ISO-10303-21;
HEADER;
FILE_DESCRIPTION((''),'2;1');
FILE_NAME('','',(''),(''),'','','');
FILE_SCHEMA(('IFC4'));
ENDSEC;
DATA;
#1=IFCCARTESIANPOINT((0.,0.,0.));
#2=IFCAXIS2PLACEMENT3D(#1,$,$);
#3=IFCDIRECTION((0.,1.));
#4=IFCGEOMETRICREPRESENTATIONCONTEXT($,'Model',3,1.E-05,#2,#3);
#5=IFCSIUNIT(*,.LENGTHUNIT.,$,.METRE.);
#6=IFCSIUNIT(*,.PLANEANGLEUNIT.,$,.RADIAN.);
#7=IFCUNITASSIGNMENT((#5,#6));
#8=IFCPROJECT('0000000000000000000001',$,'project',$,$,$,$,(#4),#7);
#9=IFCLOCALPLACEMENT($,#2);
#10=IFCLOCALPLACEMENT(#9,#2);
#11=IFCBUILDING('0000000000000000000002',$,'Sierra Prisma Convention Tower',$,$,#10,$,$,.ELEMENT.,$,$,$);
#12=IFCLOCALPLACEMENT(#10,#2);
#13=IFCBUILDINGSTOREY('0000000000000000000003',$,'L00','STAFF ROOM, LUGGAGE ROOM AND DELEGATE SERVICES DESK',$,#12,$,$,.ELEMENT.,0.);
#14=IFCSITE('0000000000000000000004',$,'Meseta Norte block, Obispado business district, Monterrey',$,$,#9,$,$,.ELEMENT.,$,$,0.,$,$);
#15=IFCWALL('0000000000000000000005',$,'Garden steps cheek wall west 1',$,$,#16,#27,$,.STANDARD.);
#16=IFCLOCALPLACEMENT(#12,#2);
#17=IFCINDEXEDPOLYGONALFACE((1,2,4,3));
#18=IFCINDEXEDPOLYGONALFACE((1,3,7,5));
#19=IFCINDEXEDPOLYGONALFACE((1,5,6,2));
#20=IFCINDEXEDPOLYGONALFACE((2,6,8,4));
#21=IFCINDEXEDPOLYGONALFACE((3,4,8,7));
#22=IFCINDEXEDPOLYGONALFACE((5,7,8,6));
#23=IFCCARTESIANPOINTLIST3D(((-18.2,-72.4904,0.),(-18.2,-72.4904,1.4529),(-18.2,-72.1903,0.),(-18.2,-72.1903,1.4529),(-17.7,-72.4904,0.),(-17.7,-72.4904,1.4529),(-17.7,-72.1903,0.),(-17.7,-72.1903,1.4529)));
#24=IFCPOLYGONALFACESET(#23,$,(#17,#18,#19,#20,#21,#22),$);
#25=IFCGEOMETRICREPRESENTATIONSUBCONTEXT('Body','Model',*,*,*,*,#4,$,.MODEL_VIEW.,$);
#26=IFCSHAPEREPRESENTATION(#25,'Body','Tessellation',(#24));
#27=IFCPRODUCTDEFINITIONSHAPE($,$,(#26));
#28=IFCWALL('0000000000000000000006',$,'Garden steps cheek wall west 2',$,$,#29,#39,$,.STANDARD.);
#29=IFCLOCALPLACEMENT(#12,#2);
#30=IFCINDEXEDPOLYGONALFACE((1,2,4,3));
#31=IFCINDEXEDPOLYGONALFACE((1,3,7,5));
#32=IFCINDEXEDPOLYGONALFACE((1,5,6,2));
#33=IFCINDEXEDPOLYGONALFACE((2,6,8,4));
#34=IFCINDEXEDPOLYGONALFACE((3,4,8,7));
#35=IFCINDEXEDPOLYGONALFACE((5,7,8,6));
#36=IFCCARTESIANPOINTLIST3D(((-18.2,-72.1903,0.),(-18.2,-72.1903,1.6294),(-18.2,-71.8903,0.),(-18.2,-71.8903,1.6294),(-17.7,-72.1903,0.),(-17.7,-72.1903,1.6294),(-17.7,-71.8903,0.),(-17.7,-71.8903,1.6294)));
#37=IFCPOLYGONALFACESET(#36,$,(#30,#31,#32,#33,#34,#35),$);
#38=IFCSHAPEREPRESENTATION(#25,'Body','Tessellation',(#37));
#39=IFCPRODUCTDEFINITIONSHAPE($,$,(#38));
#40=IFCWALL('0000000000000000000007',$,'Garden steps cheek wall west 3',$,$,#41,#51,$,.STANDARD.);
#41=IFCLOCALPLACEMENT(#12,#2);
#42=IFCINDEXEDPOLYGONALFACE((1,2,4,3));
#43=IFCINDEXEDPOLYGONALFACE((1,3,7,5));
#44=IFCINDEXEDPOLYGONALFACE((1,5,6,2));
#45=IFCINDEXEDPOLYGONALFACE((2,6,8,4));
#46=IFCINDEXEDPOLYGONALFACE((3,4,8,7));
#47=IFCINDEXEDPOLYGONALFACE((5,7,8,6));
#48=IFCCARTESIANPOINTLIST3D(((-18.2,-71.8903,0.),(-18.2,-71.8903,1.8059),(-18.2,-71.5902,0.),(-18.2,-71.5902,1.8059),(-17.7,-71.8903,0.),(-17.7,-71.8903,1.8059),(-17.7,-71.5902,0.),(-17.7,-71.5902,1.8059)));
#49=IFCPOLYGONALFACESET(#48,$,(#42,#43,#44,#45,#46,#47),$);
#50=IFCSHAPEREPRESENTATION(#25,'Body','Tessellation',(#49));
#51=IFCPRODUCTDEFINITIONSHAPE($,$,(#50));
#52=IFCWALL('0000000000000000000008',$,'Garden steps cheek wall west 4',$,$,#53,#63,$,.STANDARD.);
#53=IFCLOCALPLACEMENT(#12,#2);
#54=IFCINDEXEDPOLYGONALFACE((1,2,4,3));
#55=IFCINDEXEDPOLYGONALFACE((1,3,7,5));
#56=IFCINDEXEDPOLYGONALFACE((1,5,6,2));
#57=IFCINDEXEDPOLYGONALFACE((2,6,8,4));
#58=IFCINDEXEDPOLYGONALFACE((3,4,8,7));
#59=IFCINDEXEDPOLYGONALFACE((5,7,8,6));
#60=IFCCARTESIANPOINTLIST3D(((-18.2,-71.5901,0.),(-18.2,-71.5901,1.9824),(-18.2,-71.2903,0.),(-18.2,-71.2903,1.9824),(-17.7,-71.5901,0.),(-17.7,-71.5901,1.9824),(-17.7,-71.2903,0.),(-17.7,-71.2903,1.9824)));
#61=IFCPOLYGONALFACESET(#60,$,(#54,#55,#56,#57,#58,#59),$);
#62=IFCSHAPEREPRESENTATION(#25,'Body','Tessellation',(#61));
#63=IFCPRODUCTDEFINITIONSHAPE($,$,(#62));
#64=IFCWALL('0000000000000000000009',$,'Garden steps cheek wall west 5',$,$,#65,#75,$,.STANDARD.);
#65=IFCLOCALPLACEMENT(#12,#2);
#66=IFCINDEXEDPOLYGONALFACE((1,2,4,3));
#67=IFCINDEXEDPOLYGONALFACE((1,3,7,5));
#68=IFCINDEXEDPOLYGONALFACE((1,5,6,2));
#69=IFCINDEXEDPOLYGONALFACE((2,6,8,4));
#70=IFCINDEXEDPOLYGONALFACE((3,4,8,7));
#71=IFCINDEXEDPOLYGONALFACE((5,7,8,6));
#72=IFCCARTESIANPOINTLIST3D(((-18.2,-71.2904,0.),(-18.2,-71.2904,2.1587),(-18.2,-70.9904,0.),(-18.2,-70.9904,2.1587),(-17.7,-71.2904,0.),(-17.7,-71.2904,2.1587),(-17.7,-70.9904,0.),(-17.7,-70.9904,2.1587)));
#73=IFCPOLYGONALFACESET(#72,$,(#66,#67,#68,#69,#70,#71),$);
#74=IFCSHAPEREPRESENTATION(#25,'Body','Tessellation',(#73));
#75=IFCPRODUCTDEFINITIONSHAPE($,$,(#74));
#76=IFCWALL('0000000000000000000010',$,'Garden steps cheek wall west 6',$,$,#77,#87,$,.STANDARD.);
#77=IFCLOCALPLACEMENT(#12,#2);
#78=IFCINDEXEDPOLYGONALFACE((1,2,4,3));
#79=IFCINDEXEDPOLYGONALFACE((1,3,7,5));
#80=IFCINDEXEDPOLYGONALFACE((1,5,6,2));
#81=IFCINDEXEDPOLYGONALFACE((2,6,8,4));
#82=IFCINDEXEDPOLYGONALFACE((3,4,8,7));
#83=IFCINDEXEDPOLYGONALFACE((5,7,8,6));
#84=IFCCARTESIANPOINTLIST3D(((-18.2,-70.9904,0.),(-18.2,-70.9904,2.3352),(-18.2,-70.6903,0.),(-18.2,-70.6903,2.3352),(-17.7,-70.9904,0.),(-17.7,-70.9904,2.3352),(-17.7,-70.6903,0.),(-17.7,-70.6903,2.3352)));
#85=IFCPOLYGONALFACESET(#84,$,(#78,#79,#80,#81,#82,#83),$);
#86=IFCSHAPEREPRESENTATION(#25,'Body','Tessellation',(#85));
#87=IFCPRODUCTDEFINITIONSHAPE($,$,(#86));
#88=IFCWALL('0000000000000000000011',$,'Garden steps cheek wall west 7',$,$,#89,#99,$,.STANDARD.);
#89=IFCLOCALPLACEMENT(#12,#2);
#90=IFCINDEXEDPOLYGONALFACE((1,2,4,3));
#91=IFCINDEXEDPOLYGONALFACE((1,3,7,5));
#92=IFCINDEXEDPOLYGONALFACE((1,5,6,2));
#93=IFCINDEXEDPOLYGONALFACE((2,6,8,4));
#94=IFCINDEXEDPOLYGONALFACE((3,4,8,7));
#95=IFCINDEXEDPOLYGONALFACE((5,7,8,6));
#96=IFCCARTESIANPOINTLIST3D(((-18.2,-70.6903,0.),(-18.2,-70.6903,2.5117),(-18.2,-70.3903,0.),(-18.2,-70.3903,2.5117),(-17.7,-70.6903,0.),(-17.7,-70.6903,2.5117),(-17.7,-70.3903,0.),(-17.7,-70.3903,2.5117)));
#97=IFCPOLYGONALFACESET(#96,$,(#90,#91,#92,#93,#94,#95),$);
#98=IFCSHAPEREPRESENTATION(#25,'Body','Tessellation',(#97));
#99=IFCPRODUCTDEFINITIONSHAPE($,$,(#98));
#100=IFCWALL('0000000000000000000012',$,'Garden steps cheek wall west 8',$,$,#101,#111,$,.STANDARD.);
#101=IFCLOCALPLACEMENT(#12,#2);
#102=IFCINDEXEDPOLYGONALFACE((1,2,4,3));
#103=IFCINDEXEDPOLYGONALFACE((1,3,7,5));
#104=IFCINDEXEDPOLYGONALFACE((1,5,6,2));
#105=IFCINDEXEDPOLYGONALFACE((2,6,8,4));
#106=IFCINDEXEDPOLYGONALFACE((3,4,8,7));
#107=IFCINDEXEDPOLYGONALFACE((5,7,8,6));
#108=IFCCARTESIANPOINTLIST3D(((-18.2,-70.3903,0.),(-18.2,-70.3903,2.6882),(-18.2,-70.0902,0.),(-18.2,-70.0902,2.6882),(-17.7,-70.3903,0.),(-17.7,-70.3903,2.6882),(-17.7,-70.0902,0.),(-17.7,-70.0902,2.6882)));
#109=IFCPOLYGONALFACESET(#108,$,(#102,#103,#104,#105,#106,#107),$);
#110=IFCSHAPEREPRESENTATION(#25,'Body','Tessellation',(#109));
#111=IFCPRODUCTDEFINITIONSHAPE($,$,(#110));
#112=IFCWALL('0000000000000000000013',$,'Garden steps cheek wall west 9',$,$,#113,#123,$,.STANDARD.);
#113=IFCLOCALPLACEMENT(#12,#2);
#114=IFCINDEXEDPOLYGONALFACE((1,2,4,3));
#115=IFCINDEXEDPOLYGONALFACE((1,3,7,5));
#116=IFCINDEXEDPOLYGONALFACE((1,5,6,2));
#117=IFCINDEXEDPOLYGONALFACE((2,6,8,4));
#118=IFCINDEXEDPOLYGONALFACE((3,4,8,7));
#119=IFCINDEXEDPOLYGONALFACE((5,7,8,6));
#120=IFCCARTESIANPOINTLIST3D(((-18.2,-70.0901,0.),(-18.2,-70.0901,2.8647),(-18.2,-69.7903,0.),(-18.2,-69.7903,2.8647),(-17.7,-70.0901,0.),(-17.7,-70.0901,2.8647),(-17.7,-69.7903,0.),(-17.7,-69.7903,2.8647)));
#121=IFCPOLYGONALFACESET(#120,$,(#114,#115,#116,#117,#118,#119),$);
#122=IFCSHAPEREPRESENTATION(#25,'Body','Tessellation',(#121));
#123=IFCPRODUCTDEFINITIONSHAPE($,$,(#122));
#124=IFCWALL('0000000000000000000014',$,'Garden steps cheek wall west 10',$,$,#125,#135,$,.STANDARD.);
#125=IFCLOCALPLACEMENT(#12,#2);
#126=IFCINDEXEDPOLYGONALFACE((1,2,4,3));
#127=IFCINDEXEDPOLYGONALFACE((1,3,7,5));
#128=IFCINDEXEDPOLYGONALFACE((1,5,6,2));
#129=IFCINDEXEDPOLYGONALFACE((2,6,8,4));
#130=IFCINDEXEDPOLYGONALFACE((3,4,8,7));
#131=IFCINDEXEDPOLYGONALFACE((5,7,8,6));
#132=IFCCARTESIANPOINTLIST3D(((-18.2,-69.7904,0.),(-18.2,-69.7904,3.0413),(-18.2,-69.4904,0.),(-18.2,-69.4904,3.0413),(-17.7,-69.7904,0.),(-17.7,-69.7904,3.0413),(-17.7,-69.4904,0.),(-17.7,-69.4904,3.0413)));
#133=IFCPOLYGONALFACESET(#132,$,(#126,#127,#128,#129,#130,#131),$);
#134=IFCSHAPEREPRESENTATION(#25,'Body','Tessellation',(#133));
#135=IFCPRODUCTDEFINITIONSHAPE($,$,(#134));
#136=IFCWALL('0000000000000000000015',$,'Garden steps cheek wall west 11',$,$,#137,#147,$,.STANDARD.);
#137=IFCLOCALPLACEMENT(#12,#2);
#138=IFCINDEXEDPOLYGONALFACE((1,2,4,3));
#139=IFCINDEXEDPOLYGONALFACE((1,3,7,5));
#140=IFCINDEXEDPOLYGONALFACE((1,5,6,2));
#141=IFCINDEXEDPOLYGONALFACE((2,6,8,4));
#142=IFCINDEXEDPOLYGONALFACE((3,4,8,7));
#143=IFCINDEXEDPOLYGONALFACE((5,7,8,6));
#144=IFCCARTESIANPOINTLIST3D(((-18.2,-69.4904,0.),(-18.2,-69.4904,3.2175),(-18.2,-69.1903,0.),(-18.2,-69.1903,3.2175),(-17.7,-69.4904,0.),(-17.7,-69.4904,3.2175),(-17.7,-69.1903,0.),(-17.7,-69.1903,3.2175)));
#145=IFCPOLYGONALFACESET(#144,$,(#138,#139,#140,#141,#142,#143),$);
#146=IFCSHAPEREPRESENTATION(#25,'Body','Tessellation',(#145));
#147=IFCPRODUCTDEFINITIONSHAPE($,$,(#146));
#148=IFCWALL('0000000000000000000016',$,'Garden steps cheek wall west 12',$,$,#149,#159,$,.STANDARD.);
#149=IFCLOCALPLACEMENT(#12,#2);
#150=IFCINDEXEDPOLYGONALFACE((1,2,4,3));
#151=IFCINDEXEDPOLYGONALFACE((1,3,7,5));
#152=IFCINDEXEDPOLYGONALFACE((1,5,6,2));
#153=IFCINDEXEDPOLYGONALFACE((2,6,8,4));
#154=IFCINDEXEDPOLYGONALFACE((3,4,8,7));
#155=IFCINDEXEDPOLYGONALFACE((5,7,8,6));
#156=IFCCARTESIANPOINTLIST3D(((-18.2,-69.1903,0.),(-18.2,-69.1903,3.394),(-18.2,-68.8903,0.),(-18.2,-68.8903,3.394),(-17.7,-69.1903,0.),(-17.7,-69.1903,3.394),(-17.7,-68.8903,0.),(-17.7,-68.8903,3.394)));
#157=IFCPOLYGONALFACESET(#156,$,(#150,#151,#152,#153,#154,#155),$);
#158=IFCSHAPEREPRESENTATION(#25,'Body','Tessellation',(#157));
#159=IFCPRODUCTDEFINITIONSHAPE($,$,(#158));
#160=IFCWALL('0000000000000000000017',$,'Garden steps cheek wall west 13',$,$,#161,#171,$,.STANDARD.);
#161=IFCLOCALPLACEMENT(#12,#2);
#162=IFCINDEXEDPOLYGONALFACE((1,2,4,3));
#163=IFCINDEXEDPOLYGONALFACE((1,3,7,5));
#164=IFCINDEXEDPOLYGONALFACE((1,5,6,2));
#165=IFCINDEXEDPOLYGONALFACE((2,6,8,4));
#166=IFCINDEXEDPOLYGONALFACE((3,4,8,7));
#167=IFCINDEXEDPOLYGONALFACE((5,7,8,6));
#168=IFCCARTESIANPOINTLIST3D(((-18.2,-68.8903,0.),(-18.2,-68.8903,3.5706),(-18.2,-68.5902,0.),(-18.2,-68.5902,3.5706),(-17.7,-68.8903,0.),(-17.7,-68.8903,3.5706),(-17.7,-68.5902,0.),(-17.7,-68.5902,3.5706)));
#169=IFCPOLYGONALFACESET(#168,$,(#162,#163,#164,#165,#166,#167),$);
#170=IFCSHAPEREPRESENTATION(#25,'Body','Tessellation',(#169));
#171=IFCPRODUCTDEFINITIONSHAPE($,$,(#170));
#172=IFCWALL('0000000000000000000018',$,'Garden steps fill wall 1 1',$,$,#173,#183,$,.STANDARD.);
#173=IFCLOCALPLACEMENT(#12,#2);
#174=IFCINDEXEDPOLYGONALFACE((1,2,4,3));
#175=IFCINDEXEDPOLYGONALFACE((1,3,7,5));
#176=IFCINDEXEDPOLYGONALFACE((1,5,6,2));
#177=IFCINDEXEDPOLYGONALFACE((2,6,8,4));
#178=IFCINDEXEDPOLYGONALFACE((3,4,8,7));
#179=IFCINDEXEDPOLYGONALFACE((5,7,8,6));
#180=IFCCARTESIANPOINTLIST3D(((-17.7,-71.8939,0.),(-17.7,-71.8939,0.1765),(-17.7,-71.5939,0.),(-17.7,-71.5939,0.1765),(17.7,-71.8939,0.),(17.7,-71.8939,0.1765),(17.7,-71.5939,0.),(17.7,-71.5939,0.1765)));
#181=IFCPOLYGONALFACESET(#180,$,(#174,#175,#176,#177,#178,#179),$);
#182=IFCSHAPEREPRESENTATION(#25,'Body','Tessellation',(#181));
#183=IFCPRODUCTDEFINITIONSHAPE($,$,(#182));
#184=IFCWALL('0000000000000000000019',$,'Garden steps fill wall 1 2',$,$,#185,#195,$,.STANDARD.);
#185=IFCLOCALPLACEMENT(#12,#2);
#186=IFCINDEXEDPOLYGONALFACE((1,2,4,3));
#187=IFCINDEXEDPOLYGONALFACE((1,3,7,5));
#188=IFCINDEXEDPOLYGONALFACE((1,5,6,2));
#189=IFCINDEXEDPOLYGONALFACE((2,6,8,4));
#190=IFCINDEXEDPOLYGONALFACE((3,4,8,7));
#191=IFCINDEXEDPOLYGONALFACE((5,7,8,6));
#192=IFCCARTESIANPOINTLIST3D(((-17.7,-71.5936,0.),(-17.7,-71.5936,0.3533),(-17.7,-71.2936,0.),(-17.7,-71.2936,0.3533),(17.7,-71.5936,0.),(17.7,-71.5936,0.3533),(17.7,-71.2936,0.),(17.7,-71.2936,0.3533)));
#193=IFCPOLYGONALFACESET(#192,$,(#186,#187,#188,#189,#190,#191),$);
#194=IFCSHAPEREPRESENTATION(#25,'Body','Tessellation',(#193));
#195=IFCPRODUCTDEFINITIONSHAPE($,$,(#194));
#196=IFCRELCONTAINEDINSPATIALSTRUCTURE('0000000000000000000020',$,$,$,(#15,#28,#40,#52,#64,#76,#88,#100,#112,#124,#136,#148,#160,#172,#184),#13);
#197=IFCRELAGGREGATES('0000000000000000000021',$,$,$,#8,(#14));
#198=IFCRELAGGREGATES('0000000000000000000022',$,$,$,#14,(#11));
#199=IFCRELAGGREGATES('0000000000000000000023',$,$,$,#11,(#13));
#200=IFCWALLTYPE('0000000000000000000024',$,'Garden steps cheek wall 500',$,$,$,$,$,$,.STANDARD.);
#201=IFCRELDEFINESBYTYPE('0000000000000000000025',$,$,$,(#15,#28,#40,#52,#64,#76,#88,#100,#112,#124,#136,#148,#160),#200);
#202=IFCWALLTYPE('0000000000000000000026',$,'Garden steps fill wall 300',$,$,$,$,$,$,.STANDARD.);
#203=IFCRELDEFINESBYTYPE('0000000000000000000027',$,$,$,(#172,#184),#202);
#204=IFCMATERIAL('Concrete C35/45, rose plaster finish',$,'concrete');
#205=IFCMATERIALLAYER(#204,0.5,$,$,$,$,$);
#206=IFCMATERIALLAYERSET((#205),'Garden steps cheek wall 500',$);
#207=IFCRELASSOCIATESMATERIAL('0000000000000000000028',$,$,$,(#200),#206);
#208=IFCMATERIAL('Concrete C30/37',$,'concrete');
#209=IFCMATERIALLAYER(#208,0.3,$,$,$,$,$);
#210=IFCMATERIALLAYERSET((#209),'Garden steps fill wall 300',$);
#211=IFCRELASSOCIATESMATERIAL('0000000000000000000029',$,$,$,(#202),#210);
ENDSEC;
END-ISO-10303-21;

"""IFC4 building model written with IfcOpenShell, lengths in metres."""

from ifc_helpers import new_model, si_unit, direction, frame, frame_2d, origin, place, context, subcontext, project, spatial, rectangle, extrude, material, layer, layer_set, type_object, element, save


model = new_model("IFC4")

# Units and contexts
model_context = context("Model", 3, precision=1e-05, world=origin(), true_north=direction((0.0, 1.0)))
body_context = subcontext(model_context, "Body", "Model", "MODEL_VIEW")
ifc_project = project(units=[si_unit("LENGTHUNIT", "METRE"), si_unit("PLANEANGLEUNIT", "RADIAN")], contexts=[model_context])

# Site, building, storey
site_placement = place(None, origin())
site = spatial("IfcSite", under=ifc_project, at=site_placement, Name="Meseta Norte block, Obispado business district, Monterrey", CompositionType="ELEMENT", RefElevation=0.0)
building_placement = place(site_placement, origin())
building = spatial("IfcBuilding", under=site, at=building_placement, Name="Sierra Prisma Convention Tower", CompositionType="ELEMENT")
storey_placement = place(building_placement, origin())
storey = spatial("IfcBuildingStorey", under=building, at=storey_placement, Name="L00", Description="STAFF ROOM, LUGGAGE ROOM AND DELEGATE SERVICES DESK", CompositionType="ELEMENT", Elevation=0.0)

# Walls
ifc_material_1 = material(Name="Concrete C35/45, rose plaster finish", Category="concrete")
ifc_layer_1 = layer(ifc_material_1, 0.5)
ifc_layer_set_1 = layer_set([ifc_layer_1], Name="Garden steps cheek wall 500")
wall_type_1 = type_object("IfcWallType", Name="Garden steps cheek wall 500", PredefinedType="STANDARD", material=ifc_layer_set_1)
wall_1_placement = place(storey_placement, frame((-17.95, -72.4902, 0.0), z_axis=(0.0, 0.0, 1.0), x_axis=(0.0, 1.0, 0.0)))
element("IfcWall", 1, at=wall_1_placement, inside=storey, type_object=wall_type_1, Name="Garden steps cheek wall west 1", PredefinedType="STANDARD", context=body_context, shape_type="SweptSolid", body=[
    extrude(rectangle(XDim=0.3, YDim=0.5, at=frame_2d((0.1499, 0.0))), origin(), (0.0, 0.0, 1.0), 1.4529),
])
wall_2_placement = place(storey_placement, frame((-17.95, -72.1902, 0.0), z_axis=(0.0, 0.0, 1.0), x_axis=(0.0, 1.0, 0.0)))
element("IfcWall", 2, at=wall_2_placement, inside=storey, type_object=wall_type_1, Name="Garden steps cheek wall west 2", PredefinedType="STANDARD", context=body_context, shape_type="SweptSolid", body=[
    extrude(rectangle(XDim=0.3, YDim=0.5, at=frame_2d((0.1499, 0.0))), origin(), (0.0, 0.0, 1.0), 1.6294),
])
wall_3_placement = place(storey_placement, frame((-17.95, -71.8901, 0.0), z_axis=(0.0, 0.0, 1.0), x_axis=(0.0, 1.0, 0.0)))
element("IfcWall", 3, at=wall_3_placement, inside=storey, type_object=wall_type_1, Name="Garden steps cheek wall west 3", PredefinedType="STANDARD", context=body_context, shape_type="SweptSolid", body=[
    extrude(rectangle(XDim=0.3, YDim=0.5, at=frame_2d((0.1499, 0.0))), origin(), (0.0, 0.0, 1.0), 1.8059),
])
wall_4_placement = place(storey_placement, frame((-17.95, -71.5901, 0.0), z_axis=(0.0, 0.0, 1.0), x_axis=(0.0, 1.0, 0.0)))
element("IfcWall", 4, at=wall_4_placement, inside=storey, type_object=wall_type_1, Name="Garden steps cheek wall west 4", PredefinedType="STANDARD", context=body_context, shape_type="SweptSolid", body=[
    extrude(rectangle(XDim=0.2998, YDim=0.5, at=frame_2d((0.1499, 0.0))), origin(), (0.0, 0.0, 1.0), 1.9824),
])
wall_5_placement = place(storey_placement, frame((-17.95, -71.2903, 0.0), z_axis=(0.0, 0.0, 1.0), x_axis=(0.0, 1.0, 0.0)))
element("IfcWall", 5, at=wall_5_placement, inside=storey, type_object=wall_type_1, Name="Garden steps cheek wall west 5", PredefinedType="STANDARD", context=body_context, shape_type="SweptSolid", body=[
    extrude(rectangle(XDim=0.3, YDim=0.5, at=frame_2d((0.1499, 0.0))), origin(), (0.0, 0.0, 1.0), 2.1587),
])
wall_6_placement = place(storey_placement, frame((-17.95, -70.9902, 0.0), z_axis=(0.0, 0.0, 1.0), x_axis=(0.0, 1.0, 0.0)))
element("IfcWall", 6, at=wall_6_placement, inside=storey, type_object=wall_type_1, Name="Garden steps cheek wall west 6", PredefinedType="STANDARD", context=body_context, shape_type="SweptSolid", body=[
    extrude(rectangle(XDim=0.3, YDim=0.5, at=frame_2d((0.1499, 0.0))), origin(), (0.0, 0.0, 1.0), 2.3352),
])
wall_7_placement = place(storey_placement, frame((-17.95, -70.6902, 0.0), z_axis=(0.0, 0.0, 1.0), x_axis=(0.0, 1.0, 0.0)))
element("IfcWall", 7, at=wall_7_placement, inside=storey, type_object=wall_type_1, Name="Garden steps cheek wall west 7", PredefinedType="STANDARD", context=body_context, shape_type="SweptSolid", body=[
    extrude(rectangle(XDim=0.3, YDim=0.5, at=frame_2d((0.1499, 0.0))), origin(), (0.0, 0.0, 1.0), 2.5117),
])
wall_8_placement = place(storey_placement, frame((-17.95, -70.3901, 0.0), z_axis=(0.0, 0.0, 1.0), x_axis=(0.0, 1.0, 0.0)))
element("IfcWall", 8, at=wall_8_placement, inside=storey, type_object=wall_type_1, Name="Garden steps cheek wall west 8", PredefinedType="STANDARD", context=body_context, shape_type="SweptSolid", body=[
    extrude(rectangle(XDim=0.3, YDim=0.5, at=frame_2d((0.1499, 0.0))), origin(), (0.0, 0.0, 1.0), 2.6882),
])
wall_9_placement = place(storey_placement, frame((-17.95, -70.0901, 0.0), z_axis=(0.0, 0.0, 1.0), x_axis=(0.0, 1.0, 0.0)))
element("IfcWall", 9, at=wall_9_placement, inside=storey, type_object=wall_type_1, Name="Garden steps cheek wall west 9", PredefinedType="STANDARD", context=body_context, shape_type="SweptSolid", body=[
    extrude(rectangle(XDim=0.2998, YDim=0.5, at=frame_2d((0.1499, 0.0))), origin(), (0.0, 0.0, 1.0), 2.8647),
])
wall_10_placement = place(storey_placement, frame((-17.95, -69.7903, 0.0), z_axis=(0.0, 0.0, 1.0), x_axis=(0.0, 1.0, 0.0)))
element("IfcWall", 10, at=wall_10_placement, inside=storey, type_object=wall_type_1, Name="Garden steps cheek wall west 10", PredefinedType="STANDARD", context=body_context, shape_type="SweptSolid", body=[
    extrude(rectangle(XDim=0.3, YDim=0.5, at=frame_2d((0.1499, 0.0))), origin(), (0.0, 0.0, 1.0), 3.0413),
])
wall_11_placement = place(storey_placement, frame((-17.95, -69.4902, 0.0), z_axis=(0.0, 0.0, 1.0), x_axis=(0.0, 1.0, 0.0)))
element("IfcWall", 11, at=wall_11_placement, inside=storey, type_object=wall_type_1, Name="Garden steps cheek wall west 11", PredefinedType="STANDARD", context=body_context, shape_type="SweptSolid", body=[
    extrude(rectangle(XDim=0.3, YDim=0.5, at=frame_2d((0.1499, 0.0))), origin(), (0.0, 0.0, 1.0), 3.2175),
])
wall_12_placement = place(storey_placement, frame((-17.95, -69.1902, 0.0), z_axis=(0.0, 0.0, 1.0), x_axis=(0.0, 1.0, 0.0)))
element("IfcWall", 12, at=wall_12_placement, inside=storey, type_object=wall_type_1, Name="Garden steps cheek wall west 12", PredefinedType="STANDARD", context=body_context, shape_type="SweptSolid", body=[
    extrude(rectangle(XDim=0.3, YDim=0.5, at=frame_2d((0.1499, 0.0))), origin(), (0.0, 0.0, 1.0), 3.394),
])
wall_13_placement = place(storey_placement, frame((-17.95, -68.8901, 0.0), z_axis=(0.0, 0.0, 1.0), x_axis=(0.0, 1.0, 0.0)))
element("IfcWall", 13, at=wall_13_placement, inside=storey, type_object=wall_type_1, Name="Garden steps cheek wall west 13", PredefinedType="STANDARD", context=body_context, shape_type="SweptSolid", body=[
    extrude(rectangle(XDim=0.3, YDim=0.5, at=frame_2d((0.1499, 0.0))), origin(), (0.0, 0.0, 1.0), 3.5706),
])
ifc_material_2 = material(Name="Concrete C30/37", Category="concrete")
ifc_layer_2 = layer(ifc_material_2, 0.3)
ifc_layer_set_2 = layer_set([ifc_layer_2], Name="Garden steps fill wall 300")
wall_type_2 = type_object("IfcWallType", Name="Garden steps fill wall 300", PredefinedType="STANDARD", material=ifc_layer_set_2)
wall_14_placement = place(storey_placement, frame((-17.7, -71.7439, 0.0), z_axis=(0.0, 0.0, 1.0), x_axis=(1.0, 0.0, 0.0)))
element("IfcWall", 14, at=wall_14_placement, inside=storey, type_object=wall_type_2, Name="Garden steps fill wall 1 1", PredefinedType="STANDARD", context=body_context, shape_type="SweptSolid", body=[
    extrude(rectangle(XDim=35.3999, YDim=0.3, at=frame_2d((17.7, 0.0))), origin(), (0.0, 0.0, 1.0), 0.1765),
])
wall_15_placement = place(storey_placement, frame((-17.7, -71.4436, 0.0), z_axis=(0.0, 0.0, 1.0), x_axis=(1.0, 0.0, 0.0)))
element("IfcWall", 15, at=wall_15_placement, inside=storey, type_object=wall_type_2, Name="Garden steps fill wall 1 2", PredefinedType="STANDARD", context=body_context, shape_type="SweptSolid", body=[
    extrude(rectangle(XDim=35.3999, YDim=0.3, at=frame_2d((17.7, 0.0))), origin(), (0.0, 0.0, 1.0), 0.3533),
])

save(model, "model.ifc")
